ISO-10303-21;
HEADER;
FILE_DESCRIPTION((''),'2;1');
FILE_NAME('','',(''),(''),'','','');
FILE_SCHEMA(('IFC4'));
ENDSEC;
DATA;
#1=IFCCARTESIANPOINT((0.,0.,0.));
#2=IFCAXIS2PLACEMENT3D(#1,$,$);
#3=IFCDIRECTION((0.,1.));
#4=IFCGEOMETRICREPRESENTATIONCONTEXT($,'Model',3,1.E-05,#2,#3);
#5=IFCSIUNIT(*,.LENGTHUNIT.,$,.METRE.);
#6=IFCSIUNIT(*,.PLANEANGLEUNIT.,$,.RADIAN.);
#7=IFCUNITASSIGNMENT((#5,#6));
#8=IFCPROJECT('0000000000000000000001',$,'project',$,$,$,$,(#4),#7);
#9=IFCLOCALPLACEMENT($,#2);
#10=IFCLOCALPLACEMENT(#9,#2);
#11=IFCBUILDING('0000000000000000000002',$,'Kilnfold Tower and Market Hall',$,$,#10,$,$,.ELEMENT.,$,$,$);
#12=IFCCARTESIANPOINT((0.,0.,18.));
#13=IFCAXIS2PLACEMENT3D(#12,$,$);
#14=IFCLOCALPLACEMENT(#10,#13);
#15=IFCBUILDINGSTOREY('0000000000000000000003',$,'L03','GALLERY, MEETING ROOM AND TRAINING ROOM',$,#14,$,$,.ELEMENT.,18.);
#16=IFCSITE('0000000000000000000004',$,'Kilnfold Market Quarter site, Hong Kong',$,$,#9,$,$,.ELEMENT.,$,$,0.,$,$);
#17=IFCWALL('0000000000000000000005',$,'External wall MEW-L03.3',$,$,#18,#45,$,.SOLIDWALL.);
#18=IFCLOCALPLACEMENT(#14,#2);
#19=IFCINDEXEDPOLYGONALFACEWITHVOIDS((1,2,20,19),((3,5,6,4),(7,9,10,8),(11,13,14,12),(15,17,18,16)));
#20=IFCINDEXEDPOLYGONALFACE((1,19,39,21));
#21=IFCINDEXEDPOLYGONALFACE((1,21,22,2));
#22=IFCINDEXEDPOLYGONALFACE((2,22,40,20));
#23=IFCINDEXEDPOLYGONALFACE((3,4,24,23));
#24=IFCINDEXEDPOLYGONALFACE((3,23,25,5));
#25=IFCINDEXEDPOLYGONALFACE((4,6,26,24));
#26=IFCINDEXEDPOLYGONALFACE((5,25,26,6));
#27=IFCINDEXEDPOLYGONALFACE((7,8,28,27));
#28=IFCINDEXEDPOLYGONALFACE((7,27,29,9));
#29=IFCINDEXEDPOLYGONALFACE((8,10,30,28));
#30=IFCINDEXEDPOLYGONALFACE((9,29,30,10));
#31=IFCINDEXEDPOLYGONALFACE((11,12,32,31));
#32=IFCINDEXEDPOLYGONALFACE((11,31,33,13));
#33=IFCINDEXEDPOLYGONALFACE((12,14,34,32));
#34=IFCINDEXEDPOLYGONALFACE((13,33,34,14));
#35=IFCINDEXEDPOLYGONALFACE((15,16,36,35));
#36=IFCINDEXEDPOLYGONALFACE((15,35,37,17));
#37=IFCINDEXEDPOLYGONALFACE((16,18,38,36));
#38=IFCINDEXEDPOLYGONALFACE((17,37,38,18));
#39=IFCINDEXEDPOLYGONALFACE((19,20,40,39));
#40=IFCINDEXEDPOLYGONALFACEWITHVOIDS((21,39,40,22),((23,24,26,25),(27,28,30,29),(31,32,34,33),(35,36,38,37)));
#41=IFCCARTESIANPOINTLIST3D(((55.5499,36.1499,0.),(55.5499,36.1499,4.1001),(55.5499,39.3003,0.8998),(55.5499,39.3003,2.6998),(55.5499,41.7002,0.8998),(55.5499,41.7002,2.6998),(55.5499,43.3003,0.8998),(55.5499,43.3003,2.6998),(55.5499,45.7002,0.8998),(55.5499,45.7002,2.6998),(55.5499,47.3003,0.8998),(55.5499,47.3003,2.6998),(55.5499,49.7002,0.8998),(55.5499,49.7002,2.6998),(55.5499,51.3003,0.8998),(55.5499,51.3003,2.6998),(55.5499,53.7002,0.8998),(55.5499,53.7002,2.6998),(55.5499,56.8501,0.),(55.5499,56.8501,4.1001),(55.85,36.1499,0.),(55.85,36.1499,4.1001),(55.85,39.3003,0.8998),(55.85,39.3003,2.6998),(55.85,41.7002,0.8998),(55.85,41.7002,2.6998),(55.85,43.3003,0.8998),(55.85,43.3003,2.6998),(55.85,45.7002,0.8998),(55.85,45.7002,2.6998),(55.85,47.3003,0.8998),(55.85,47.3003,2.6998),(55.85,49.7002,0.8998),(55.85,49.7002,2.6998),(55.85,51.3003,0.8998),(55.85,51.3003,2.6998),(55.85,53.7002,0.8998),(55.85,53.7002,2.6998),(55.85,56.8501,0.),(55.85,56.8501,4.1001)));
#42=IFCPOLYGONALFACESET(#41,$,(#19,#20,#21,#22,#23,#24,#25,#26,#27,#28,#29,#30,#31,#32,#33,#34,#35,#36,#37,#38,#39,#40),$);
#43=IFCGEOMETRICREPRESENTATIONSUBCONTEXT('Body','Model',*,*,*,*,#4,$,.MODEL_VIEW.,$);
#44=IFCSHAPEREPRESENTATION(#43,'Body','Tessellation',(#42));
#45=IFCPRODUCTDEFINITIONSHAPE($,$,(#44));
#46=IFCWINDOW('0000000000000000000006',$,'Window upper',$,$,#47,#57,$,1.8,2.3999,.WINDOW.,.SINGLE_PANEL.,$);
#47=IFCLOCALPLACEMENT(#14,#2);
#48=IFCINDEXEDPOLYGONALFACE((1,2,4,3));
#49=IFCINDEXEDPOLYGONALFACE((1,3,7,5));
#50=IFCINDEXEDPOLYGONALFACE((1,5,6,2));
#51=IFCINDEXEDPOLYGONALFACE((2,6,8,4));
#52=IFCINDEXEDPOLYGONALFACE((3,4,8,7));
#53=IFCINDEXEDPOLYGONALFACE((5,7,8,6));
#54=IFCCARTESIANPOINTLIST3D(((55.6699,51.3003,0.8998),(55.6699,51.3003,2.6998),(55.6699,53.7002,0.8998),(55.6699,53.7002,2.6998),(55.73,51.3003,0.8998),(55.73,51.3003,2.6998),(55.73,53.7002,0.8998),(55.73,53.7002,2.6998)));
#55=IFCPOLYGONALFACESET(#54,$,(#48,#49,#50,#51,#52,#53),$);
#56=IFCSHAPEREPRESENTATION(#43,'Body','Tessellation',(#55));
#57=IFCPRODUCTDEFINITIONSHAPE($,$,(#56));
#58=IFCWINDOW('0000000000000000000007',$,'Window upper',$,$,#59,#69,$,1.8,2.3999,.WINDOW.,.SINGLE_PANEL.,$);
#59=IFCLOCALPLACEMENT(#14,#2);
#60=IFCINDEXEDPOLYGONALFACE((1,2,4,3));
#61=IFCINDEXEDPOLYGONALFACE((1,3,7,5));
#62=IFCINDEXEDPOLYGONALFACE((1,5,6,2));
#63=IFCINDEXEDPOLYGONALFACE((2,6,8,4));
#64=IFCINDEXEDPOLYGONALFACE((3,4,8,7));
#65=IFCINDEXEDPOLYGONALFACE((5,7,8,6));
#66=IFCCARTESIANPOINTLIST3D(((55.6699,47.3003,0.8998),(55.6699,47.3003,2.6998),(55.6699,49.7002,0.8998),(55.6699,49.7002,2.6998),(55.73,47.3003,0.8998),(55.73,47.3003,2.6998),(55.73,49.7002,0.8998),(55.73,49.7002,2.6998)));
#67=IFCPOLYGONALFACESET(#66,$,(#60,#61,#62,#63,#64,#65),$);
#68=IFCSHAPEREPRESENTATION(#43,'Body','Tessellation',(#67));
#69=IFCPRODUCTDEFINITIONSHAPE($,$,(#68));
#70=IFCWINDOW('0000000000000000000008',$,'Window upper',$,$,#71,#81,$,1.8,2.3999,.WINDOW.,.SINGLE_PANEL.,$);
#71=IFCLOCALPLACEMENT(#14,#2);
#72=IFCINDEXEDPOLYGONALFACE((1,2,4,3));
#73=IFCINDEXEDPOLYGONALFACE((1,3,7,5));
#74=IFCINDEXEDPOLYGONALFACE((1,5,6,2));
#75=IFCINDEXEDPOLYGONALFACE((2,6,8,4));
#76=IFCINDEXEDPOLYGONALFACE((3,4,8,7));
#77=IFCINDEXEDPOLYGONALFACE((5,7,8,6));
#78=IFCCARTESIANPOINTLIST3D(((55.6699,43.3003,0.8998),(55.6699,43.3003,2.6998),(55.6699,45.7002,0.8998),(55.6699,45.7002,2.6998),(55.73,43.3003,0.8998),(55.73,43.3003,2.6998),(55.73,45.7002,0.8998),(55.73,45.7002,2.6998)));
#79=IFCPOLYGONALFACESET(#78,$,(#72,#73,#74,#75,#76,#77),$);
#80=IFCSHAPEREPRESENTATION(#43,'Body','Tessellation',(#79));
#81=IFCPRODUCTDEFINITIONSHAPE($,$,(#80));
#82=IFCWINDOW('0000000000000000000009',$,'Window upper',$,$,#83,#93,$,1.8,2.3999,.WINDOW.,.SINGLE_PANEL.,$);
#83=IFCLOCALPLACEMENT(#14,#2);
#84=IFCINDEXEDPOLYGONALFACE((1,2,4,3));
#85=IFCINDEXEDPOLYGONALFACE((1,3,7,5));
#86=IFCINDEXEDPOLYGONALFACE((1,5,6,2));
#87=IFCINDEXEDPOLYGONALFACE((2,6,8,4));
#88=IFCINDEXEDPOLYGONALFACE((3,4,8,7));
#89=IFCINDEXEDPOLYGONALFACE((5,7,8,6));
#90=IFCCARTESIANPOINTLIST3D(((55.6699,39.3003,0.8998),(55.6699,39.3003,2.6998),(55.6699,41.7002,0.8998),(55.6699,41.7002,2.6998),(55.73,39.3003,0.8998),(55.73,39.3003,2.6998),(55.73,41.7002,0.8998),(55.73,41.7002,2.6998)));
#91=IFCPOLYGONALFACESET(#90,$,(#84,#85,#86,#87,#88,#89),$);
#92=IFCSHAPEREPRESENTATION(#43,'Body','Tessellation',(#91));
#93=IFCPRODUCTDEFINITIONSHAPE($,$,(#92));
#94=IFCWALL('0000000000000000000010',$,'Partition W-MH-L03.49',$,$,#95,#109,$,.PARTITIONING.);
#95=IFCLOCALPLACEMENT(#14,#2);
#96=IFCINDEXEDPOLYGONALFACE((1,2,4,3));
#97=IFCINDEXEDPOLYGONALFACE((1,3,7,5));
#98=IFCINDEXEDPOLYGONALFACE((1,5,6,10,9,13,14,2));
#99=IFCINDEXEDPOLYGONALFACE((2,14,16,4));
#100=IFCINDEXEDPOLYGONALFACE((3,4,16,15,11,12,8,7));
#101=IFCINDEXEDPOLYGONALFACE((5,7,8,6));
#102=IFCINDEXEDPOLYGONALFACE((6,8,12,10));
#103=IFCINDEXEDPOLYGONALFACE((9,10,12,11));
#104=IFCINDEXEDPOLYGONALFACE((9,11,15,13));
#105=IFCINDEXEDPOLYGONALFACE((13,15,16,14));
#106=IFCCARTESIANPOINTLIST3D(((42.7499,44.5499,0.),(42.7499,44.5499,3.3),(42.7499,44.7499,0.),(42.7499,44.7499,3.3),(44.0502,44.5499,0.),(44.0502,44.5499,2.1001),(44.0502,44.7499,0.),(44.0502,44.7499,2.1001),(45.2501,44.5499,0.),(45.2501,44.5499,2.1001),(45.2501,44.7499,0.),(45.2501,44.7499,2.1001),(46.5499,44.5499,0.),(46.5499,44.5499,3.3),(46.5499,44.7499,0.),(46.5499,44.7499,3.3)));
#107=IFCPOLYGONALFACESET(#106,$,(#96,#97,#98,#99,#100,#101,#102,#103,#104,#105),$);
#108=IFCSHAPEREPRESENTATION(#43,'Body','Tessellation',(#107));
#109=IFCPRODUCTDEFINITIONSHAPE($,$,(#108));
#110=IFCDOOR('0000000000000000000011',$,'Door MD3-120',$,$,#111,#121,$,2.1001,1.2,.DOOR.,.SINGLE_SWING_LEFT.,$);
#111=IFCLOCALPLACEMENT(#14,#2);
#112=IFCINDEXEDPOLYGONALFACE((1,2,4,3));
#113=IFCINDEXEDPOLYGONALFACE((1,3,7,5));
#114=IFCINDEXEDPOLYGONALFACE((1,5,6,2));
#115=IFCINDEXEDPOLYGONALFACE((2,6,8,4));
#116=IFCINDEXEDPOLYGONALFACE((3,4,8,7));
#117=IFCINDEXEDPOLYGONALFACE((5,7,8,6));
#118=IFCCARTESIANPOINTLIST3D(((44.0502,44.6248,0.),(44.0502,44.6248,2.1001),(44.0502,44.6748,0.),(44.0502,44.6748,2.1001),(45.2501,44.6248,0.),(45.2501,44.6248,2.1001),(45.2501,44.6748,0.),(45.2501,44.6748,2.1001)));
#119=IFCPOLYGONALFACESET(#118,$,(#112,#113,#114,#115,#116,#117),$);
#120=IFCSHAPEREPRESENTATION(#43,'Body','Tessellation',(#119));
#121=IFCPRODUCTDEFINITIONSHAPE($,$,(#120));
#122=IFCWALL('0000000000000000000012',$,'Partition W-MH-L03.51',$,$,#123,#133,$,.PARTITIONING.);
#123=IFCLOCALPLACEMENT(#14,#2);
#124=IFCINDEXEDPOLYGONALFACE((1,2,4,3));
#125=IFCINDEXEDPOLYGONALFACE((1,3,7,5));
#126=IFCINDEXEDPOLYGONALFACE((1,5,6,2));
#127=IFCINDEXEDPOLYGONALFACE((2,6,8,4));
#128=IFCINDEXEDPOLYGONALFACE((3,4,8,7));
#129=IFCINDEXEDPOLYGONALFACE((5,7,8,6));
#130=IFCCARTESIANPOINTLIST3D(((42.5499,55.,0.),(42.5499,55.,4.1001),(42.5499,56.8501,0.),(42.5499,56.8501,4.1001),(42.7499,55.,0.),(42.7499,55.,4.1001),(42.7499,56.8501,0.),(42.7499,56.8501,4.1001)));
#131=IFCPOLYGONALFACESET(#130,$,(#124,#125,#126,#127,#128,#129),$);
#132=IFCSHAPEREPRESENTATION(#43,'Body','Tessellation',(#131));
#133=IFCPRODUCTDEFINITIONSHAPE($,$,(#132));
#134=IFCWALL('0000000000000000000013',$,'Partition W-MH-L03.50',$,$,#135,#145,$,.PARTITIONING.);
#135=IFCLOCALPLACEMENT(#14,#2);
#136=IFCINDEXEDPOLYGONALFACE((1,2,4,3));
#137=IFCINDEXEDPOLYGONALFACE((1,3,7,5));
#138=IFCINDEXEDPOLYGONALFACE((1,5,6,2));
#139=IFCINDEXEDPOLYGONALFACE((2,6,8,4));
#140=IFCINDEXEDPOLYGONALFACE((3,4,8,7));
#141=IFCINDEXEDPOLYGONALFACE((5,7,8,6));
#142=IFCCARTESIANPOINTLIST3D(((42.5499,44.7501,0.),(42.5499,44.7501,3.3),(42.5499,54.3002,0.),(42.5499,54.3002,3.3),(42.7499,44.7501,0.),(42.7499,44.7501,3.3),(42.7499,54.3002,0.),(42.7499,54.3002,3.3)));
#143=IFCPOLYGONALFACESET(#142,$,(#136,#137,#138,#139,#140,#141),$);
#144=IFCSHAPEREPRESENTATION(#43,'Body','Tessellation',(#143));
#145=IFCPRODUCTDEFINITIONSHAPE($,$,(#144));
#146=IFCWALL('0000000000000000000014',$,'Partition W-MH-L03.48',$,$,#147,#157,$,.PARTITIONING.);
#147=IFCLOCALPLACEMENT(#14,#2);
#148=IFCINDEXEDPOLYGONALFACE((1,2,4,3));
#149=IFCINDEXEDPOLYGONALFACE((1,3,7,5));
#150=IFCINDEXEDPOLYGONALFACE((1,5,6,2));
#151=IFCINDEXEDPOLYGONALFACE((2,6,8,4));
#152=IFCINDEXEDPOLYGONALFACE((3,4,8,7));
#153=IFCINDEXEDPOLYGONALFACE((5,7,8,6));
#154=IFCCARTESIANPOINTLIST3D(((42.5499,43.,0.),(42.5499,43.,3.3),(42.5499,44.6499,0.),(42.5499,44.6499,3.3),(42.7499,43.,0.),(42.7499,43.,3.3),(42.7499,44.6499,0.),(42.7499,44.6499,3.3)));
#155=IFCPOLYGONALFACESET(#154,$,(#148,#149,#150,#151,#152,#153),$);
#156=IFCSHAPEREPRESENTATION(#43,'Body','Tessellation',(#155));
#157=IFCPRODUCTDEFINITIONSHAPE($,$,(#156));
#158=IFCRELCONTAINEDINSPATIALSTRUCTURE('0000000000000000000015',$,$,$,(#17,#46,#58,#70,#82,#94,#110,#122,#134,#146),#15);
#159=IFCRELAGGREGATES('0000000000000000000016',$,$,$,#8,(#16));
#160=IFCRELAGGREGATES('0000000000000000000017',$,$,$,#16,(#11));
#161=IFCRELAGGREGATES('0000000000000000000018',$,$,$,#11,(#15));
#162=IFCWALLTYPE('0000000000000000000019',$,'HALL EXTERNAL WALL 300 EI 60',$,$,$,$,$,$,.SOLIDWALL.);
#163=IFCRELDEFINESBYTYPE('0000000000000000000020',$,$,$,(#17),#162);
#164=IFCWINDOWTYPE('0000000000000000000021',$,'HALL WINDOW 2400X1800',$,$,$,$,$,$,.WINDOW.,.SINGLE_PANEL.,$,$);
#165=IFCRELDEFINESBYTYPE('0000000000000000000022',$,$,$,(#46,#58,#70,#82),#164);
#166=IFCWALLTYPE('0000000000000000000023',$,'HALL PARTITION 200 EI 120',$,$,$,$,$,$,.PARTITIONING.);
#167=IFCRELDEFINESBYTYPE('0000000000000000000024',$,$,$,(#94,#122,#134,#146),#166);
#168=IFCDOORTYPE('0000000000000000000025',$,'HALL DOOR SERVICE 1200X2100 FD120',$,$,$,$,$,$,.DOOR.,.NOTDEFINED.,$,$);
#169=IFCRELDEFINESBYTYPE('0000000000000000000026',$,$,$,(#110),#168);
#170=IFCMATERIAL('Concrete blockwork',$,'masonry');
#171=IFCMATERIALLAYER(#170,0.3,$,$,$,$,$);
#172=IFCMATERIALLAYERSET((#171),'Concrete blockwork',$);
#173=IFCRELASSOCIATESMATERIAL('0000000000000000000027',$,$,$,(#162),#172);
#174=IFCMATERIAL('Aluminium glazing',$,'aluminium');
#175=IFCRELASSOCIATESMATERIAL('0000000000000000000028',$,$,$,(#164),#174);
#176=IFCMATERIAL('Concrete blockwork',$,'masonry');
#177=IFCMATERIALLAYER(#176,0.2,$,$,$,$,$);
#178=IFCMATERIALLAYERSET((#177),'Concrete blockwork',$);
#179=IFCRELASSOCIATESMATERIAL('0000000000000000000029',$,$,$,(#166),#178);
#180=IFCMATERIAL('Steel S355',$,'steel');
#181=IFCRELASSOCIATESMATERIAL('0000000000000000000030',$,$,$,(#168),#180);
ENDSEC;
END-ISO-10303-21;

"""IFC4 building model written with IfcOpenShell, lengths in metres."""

from ifc_helpers import new_model, si_unit, direction, frame, frame_2d, origin, place, context, subcontext, project, spatial, rectangle, extrude, source, transform, mapped, material, layer, layer_set, type_object, element, fill, save


model = new_model("IFC4")

# Units and contexts
model_context = context("Model", 3, precision=1e-05, world=origin(), true_north=direction((0.0, 1.0)))
body_context = subcontext(model_context, "Body", "Model", "MODEL_VIEW")
ifc_project = project(units=[si_unit("LENGTHUNIT", "METRE"), si_unit("PLANEANGLEUNIT", "RADIAN")], contexts=[model_context])

# Site, building, storey
site_placement = place(None, origin())
site = spatial("IfcSite", under=ifc_project, at=site_placement, Name="Kilnfold Market Quarter site, Hong Kong", CompositionType="ELEMENT", RefElevation=0.0)
building_placement = place(site_placement, origin())
building = spatial("IfcBuilding", under=site, at=building_placement, Name="Kilnfold Tower and Market Hall", CompositionType="ELEMENT")
storey_placement = place(building_placement, frame((0.0, 0.0, 18.0)))
storey = spatial("IfcBuildingStorey", under=building, at=storey_placement, Name="L03", Description="GALLERY, MEETING ROOM AND TRAINING ROOM", CompositionType="ELEMENT", Elevation=18.0)

# Wall, openings, windows
ifc_material_1 = material(Name="Concrete blockwork", Category="masonry")
ifc_layer_1 = layer(ifc_material_1, 0.3)
ifc_layer_set_1 = layer_set([ifc_layer_1], Name="Concrete blockwork")
wall_type_1 = type_object("IfcWallType", Name="HALL EXTERNAL WALL 300 EI 60", PredefinedType="SOLIDWALL", material=ifc_layer_set_1)
shared_shape_1 = source(origin(), body_context, "Body", "SweptSolid", [
    extrude(rectangle(XDim=20.7002, YDim=0.3, at=frame_2d((10.3501, 0.0))), origin(), (0.0, 0.0, 1.0), 4.1001),
])
wall_1_placement = place(storey_placement, frame((55.7, 56.8501, 0.0), z_axis=(0.0, 0.0, 1.0), x_axis=(0.0, -1.0, 0.0)))
wall_1 = element("IfcWall", 1, at=wall_1_placement, inside=storey, type_object=wall_type_1, Name="External wall MEW-L03.3", PredefinedType="SOLIDWALL", context=body_context, shape_type="MappedRepresentation", body=[
    mapped(shared_shape_1, transform((0.0, 0.0, 0.0))),
])
opening_1_placement = place(wall_1_placement, frame((3.1499, 0.0, 0.8999)))
opening_1 = element("IfcOpeningElement", 2, at=opening_1_placement, cuts=wall_1, PredefinedType="OPENING", context=body_context, shape_type="SweptSolid", body=[
    extrude(rectangle(XDim=2.3999, YDim=1.8, at=frame_2d((1.2, 0.8999))), frame((0.0, 0.1602, 0.0), z_axis=(0.0, -1.0, 0.0), x_axis=(1.0, 0.0, 0.0)), (0.0, 0.0, 1.0), 0.3201),
])
opening_2_placement = place(wall_1_placement, frame((7.1499, 0.0, 0.8999)))
opening_2 = element("IfcOpeningElement", 3, at=opening_2_placement, cuts=wall_1, PredefinedType="OPENING", context=body_context, shape_type="SweptSolid", body=[
    extrude(rectangle(XDim=2.3999, YDim=1.8, at=frame_2d((1.2, 0.8999))), frame((0.0, 0.1602, 0.0), z_axis=(0.0, -1.0, 0.0), x_axis=(1.0, 0.0, 0.0)), (0.0, 0.0, 1.0), 0.3201),
])
opening_3_placement = place(wall_1_placement, frame((11.1499, 0.0, 0.8999)))
opening_3 = element("IfcOpeningElement", 4, at=opening_3_placement, cuts=wall_1, PredefinedType="OPENING", context=body_context, shape_type="SweptSolid", body=[
    extrude(rectangle(XDim=2.3999, YDim=1.8, at=frame_2d((1.2, 0.8999))), frame((0.0, 0.1602, 0.0), z_axis=(0.0, -1.0, 0.0), x_axis=(1.0, 0.0, 0.0)), (0.0, 0.0, 1.0), 0.3201),
])
opening_4_placement = place(wall_1_placement, frame((15.1499, 0.0, 0.8999)))
opening_4 = element("IfcOpeningElement", 5, at=opening_4_placement, cuts=wall_1, PredefinedType="OPENING", context=body_context, shape_type="SweptSolid", body=[
    extrude(rectangle(XDim=2.3999, YDim=1.8, at=frame_2d((1.2, 0.8999))), frame((0.0, 0.1602, 0.0), z_axis=(0.0, -1.0, 0.0), x_axis=(1.0, 0.0, 0.0)), (0.0, 0.0, 1.0), 0.3201),
])
ifc_material_2 = material(Name="Aluminium glazing", Category="aluminium")
window_type = type_object("IfcWindowType", Name="HALL WINDOW 2400X1800", PartitioningType="SINGLE_PANEL", PredefinedType="WINDOW", material=ifc_material_2)
window_1_placement = place(opening_1_placement, origin())
window_1 = element("IfcWindow", 6, at=window_1_placement, inside=storey, type_object=window_type, Name="Window upper", OverallHeight=1.8, OverallWidth=2.3999, PartitioningType="SINGLE_PANEL", PredefinedType="WINDOW", context=body_context, shape_type="SweptSolid", body=[
    extrude(rectangle(XDim=2.3999, YDim=1.8, at=frame_2d((1.2, 0.8999))), frame((0.0, 0.03, 0.0), z_axis=(0.0, -1.0, 0.0), x_axis=(1.0, 0.0, 0.0)), (0.0, 0.0, 1.0), 0.0601),
])
fill(opening_1, window_1)
window_2_placement = place(opening_2_placement, origin())
window_2 = element("IfcWindow", 7, at=window_2_placement, inside=storey, type_object=window_type, Name="Window upper", OverallHeight=1.8, OverallWidth=2.3999, PartitioningType="SINGLE_PANEL", PredefinedType="WINDOW", context=body_context, shape_type="SweptSolid", body=[
    extrude(rectangle(XDim=2.3999, YDim=1.8, at=frame_2d((1.2, 0.8999))), frame((0.0, 0.03, 0.0), z_axis=(0.0, -1.0, 0.0), x_axis=(1.0, 0.0, 0.0)), (0.0, 0.0, 1.0), 0.0601),
])
fill(opening_2, window_2)
window_3_placement = place(opening_3_placement, origin())
window_3 = element("IfcWindow", 8, at=window_3_placement, inside=storey, type_object=window_type, Name="Window upper", OverallHeight=1.8, OverallWidth=2.3999, PartitioningType="SINGLE_PANEL", PredefinedType="WINDOW", context=body_context, shape_type="SweptSolid", body=[
    extrude(rectangle(XDim=2.3999, YDim=1.8, at=frame_2d((1.2, 0.8999))), frame((0.0, 0.03, 0.0), z_axis=(0.0, -1.0, 0.0), x_axis=(1.0, 0.0, 0.0)), (0.0, 0.0, 1.0), 0.0601),
])
fill(opening_3, window_3)
window_4_placement = place(opening_4_placement, origin())
window_4 = element("IfcWindow", 9, at=window_4_placement, inside=storey, type_object=window_type, Name="Window upper", OverallHeight=1.8, OverallWidth=2.3999, PartitioningType="SINGLE_PANEL", PredefinedType="WINDOW", context=body_context, shape_type="SweptSolid", body=[
    extrude(rectangle(XDim=2.3999, YDim=1.8, at=frame_2d((1.2, 0.8999))), frame((0.0, 0.03, 0.0), z_axis=(0.0, -1.0, 0.0), x_axis=(1.0, 0.0, 0.0)), (0.0, 0.0, 1.0), 0.0601),
])
fill(opening_4, window_4)

# Wall, opening, door
ifc_material_3 = material(Name="Concrete blockwork", Category="masonry")
ifc_layer_2 = layer(ifc_material_3, 0.2)
ifc_layer_set_2 = layer_set([ifc_layer_2], Name="Concrete blockwork")
wall_type_2 = type_object("IfcWallType", Name="HALL PARTITION 200 EI 120", PredefinedType="PARTITIONING", material=ifc_layer_set_2)
shared_shape_2 = source(origin(), body_context, "Body", "SweptSolid", [
    extrude(rectangle(XDim=3.8, YDim=0.2, at=frame_2d((1.8999, 0.0))), origin(), (0.0, 0.0, 1.0), 3.3),
])
wall_2_placement = place(storey_placement, frame((42.75, 44.6499, 0.0), z_axis=(0.0, 0.0, 1.0), x_axis=(1.0, 0.0, 0.0)))
wall_2 = element("IfcWall", 10, at=wall_2_placement, inside=storey, type_object=wall_type_2, Name="Partition W-MH-L03.49", PredefinedType="PARTITIONING", context=body_context, shape_type="MappedRepresentation", body=[
    mapped(shared_shape_2, transform((0.0, 0.0, 0.0))),
])
opening_5_placement = place(wall_2_placement, frame((1.3, 0.0, 0.0)))
opening_5 = element("IfcOpeningElement", 11, at=opening_5_placement, cuts=wall_2, PredefinedType="OPENING", context=body_context, shape_type="SweptSolid", body=[
    extrude(rectangle(XDim=1.2, YDim=2.1001, at=frame_2d((0.6001, 1.05))), frame((0.0, 0.1099, 0.0), z_axis=(0.0, -1.0, 0.0), x_axis=(1.0, 0.0, 0.0)), (0.0, 0.0, 1.0), 0.22),
])
ifc_material_4 = material(Name="Steel S355", Category="steel")
door_type_1 = type_object("IfcDoorType", Name="HALL DOOR SERVICE 1200X2100 FD120", OperationType="NOTDEFINED", PredefinedType="DOOR", material=ifc_material_4)
door_1_placement = place(opening_5_placement, origin())
door_1 = element("IfcDoor", 12, at=door_1_placement, inside=storey, type_object=door_type_1, Name="Door MD3-120", OperationType="SINGLE_SWING_LEFT", OverallHeight=2.1001, OverallWidth=1.2, PredefinedType="DOOR", context=body_context, shape_type="SweptSolid", body=[
    extrude(rectangle(XDim=1.2, YDim=2.1001, at=frame_2d((0.6001, 1.05))), frame((0.0, 0.0249, 0.0), z_axis=(0.0, -1.0, 0.0), x_axis=(1.0, 0.0, 0.0)), (0.0, 0.0, 1.0), 0.05),
])
fill(opening_5, door_1)

# Walls
shared_shape_3 = source(origin(), body_context, "Body", "SweptSolid", [
    extrude(rectangle(XDim=1.8501, YDim=0.2, at=frame_2d((0.925, 0.0))), origin(), (0.0, 0.0, 1.0), 4.1001),
])
wall_3_placement = place(storey_placement, frame((42.6499, 56.8501, 0.0), z_axis=(0.0, 0.0, 1.0), x_axis=(0.0, -1.0, 0.0)))
element("IfcWall", 13, at=wall_3_placement, inside=storey, type_object=wall_type_2, Name="Partition W-MH-L03.51", PredefinedType="PARTITIONING", context=body_context, shape_type="MappedRepresentation", body=[
    mapped(shared_shape_3, transform((0.0, 0.0, 0.0))),
])
shared_shape_4 = source(origin(), body_context, "Body", "SweptSolid", [
    extrude(rectangle(XDim=9.55, YDim=0.2, at=frame_2d((4.7749, 0.0))), origin(), (0.0, 0.0, 1.0), 3.3),
])
wall_4_placement = place(storey_placement, frame((42.6499, 54.3, 0.0), z_axis=(0.0, 0.0, 1.0), x_axis=(0.0, -1.0, 0.0)))
element("IfcWall", 14, at=wall_4_placement, inside=storey, type_object=wall_type_2, Name="Partition W-MH-L03.50", PredefinedType="PARTITIONING", context=body_context, shape_type="MappedRepresentation", body=[
    mapped(shared_shape_4, transform((0.0, 0.0, 0.0))),
])
shared_shape_5 = source(origin(), body_context, "Body", "SweptSolid", [
    extrude(rectangle(XDim=1.6499, YDim=0.2, at=frame_2d((0.825, 0.0))), origin(), (0.0, 0.0, 1.0), 3.3),
])
wall_5_placement = place(storey_placement, frame((42.6499, 43.0, 0.0), z_axis=(0.0, 0.0, 1.0), x_axis=(0.0, 1.0, 0.0)))
element("IfcWall", 15, at=wall_5_placement, inside=storey, type_object=wall_type_2, Name="Partition W-MH-L03.48", PredefinedType="PARTITIONING", context=body_context, shape_type="MappedRepresentation", body=[
    mapped(shared_shape_5, transform((0.0, 0.0, 0.0))),
])

save(model, "model.ifc")
